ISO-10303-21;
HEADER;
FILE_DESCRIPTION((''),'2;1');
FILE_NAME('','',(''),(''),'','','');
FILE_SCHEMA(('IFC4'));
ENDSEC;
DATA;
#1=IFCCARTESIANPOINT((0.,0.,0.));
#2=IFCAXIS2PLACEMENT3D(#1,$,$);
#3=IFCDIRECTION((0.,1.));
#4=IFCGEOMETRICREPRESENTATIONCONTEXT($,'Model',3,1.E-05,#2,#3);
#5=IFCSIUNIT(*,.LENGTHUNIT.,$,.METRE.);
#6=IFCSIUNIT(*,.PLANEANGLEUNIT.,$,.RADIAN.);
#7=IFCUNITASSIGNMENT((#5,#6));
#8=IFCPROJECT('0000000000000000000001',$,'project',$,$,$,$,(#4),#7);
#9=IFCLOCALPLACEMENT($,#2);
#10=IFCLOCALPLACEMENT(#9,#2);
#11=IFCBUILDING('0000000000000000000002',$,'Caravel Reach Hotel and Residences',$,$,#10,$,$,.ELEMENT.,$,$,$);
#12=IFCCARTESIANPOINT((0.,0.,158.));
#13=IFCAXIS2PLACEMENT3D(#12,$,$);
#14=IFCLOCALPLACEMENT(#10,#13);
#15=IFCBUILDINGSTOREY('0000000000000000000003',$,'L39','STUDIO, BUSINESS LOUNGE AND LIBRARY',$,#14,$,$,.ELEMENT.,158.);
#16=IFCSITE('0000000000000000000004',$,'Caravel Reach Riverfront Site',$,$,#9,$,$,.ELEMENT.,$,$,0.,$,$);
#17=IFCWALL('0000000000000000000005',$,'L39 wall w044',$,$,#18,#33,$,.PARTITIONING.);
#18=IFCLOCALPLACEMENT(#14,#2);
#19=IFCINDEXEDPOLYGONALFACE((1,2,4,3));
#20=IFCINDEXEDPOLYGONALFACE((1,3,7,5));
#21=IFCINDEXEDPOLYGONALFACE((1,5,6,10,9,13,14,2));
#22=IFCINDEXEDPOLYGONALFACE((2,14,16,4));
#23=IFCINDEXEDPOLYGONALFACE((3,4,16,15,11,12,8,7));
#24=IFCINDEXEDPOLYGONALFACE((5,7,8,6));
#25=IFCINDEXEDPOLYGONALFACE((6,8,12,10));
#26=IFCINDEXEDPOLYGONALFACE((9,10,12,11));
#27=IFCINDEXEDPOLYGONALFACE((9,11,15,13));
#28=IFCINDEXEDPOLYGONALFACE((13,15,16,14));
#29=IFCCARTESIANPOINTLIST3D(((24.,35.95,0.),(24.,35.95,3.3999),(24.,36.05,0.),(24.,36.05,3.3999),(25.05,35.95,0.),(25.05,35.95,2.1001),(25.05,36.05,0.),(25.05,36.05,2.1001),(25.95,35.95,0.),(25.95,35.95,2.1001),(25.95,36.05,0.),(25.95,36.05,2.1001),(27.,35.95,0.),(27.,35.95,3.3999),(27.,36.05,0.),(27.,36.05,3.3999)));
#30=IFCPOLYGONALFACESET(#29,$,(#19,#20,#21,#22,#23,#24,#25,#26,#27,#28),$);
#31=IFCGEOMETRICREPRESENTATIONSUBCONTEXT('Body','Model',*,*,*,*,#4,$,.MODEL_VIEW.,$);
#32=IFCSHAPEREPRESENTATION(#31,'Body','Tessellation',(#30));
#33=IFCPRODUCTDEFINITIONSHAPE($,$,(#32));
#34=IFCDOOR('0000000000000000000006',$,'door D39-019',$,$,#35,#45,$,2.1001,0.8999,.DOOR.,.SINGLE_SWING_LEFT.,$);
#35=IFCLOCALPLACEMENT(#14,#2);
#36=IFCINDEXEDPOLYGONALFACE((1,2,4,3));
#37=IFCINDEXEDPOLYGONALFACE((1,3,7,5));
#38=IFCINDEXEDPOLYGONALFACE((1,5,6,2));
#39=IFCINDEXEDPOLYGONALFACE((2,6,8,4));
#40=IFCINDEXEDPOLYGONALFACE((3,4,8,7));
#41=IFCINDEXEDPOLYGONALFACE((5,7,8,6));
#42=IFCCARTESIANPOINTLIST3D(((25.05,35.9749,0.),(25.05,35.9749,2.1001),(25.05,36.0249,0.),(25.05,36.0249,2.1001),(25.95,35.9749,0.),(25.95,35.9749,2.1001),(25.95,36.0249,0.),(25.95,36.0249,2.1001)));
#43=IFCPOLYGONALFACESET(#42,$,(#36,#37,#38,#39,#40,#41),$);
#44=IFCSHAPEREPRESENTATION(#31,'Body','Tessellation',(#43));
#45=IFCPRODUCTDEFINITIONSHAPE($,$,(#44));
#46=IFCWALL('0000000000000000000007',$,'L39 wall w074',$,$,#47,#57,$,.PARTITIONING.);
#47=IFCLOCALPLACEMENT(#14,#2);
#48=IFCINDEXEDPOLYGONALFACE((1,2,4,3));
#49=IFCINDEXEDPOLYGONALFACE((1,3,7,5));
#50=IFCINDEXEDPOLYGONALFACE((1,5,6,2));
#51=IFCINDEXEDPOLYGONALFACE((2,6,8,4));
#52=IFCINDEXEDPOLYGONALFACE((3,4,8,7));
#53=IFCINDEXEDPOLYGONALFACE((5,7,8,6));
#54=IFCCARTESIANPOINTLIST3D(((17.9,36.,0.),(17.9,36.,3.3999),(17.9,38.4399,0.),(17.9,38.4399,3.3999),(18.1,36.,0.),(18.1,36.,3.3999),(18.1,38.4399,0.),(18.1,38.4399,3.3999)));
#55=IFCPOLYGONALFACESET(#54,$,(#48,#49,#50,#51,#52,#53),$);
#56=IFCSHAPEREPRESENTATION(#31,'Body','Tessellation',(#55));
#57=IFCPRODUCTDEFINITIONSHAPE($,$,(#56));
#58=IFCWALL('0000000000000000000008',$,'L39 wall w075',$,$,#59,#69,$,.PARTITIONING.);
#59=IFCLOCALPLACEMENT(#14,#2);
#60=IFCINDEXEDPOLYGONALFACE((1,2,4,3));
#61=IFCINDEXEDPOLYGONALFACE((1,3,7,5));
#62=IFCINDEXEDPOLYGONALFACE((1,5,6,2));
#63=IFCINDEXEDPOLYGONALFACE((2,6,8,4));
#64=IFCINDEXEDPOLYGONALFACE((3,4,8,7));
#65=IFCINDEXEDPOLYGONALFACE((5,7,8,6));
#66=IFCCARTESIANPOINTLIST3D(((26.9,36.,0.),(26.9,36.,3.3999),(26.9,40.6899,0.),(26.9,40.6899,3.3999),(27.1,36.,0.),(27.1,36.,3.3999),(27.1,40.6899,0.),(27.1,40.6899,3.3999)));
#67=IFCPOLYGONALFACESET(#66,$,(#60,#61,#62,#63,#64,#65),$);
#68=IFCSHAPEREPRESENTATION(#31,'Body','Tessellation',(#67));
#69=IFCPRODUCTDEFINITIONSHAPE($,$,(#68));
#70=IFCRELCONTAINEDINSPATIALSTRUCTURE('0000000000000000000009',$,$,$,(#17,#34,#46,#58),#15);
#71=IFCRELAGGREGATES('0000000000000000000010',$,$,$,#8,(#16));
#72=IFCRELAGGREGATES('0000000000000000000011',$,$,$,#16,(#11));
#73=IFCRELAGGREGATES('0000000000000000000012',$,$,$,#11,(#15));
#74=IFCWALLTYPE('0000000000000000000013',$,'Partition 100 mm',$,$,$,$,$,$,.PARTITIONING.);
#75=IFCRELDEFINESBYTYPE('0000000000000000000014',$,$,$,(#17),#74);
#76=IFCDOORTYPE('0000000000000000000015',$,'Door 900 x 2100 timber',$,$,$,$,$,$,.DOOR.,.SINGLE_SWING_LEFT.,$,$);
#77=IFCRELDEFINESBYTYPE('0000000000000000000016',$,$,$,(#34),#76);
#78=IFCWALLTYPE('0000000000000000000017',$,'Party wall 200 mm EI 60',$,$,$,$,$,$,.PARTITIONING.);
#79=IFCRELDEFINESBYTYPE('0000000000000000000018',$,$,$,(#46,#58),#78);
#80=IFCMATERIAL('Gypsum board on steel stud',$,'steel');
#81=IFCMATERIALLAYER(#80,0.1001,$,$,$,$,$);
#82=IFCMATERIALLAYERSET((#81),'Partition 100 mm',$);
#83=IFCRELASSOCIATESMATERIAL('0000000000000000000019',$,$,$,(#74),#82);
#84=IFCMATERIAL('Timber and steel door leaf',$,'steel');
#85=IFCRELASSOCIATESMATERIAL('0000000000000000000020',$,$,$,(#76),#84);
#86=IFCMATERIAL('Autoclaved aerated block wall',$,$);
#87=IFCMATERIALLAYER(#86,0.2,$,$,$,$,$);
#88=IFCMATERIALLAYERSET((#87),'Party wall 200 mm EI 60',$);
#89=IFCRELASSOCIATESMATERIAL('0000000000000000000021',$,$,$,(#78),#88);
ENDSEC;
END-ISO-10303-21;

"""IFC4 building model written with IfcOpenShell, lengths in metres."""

from ifc_helpers import new_model, si_unit, direction, frame, frame_2d, origin, place, context, subcontext, project, spatial, rectangle, extrude, material, layer, layer_set, type_object, element, fill, save


model = new_model("IFC4")

# Units and contexts
model_context = context("Model", 3, precision=1e-05, world=origin(), true_north=direction((0.0, 1.0)))
body_context = subcontext(model_context, "Body", "Model", "MODEL_VIEW")
ifc_project = project(units=[si_unit("LENGTHUNIT", "METRE"), si_unit("PLANEANGLEUNIT", "RADIAN")], contexts=[model_context])

# Site, building, storey
site_placement = place(None, origin())
site = spatial("IfcSite", under=ifc_project, at=site_placement, Name="Caravel Reach Riverfront Site", CompositionType="ELEMENT", RefElevation=0.0)
building_placement = place(site_placement, origin())
building = spatial("IfcBuilding", under=site, at=building_placement, Name="Caravel Reach Hotel and Residences", CompositionType="ELEMENT")
storey_placement = place(building_placement, frame((0.0, 0.0, 158.0)))
storey = spatial("IfcBuildingStorey", under=building, at=storey_placement, Name="L39", Description="STUDIO, BUSINESS LOUNGE AND LIBRARY", CompositionType="ELEMENT", Elevation=158.0)

# Wall, opening, door
ifc_material_1 = material(Name="Gypsum board on steel stud", Category="steel")
ifc_layer_1 = layer(ifc_material_1, 0.1001)
ifc_layer_set_1 = layer_set([ifc_layer_1], Name="Partition 100 mm")
wall_type_1 = type_object("IfcWallType", Name="Partition 100 mm", PredefinedType="PARTITIONING", material=ifc_layer_set_1)
wall_1_placement = place(storey_placement, frame((24.0, 36.0, 0.0), z_axis=(0.0, 0.0, 1.0), x_axis=(1.0, 0.0, 0.0)))
wall_1 = element("IfcWall", 1, at=wall_1_placement, inside=storey, type_object=wall_type_1, Name="L39 wall w044", PredefinedType="PARTITIONING", context=body_context, shape_type="SweptSolid", body=[
    extrude(rectangle(XDim=3.0, YDim=0.1001, at=frame_2d((1.5, 0.0))), origin(), (0.0, 0.0, 1.0), 3.3999),
])
opening_1_placement = place(wall_1_placement, frame((1.05, 0.0, 0.0)))
opening_1 = element("IfcOpeningElement", 2, at=opening_1_placement, cuts=wall_1, PredefinedType="OPENING", context=body_context, shape_type="SweptSolid", body=[
    extrude(rectangle(XDim=0.8999, YDim=2.1001, at=frame_2d((0.45, 1.05))), frame((0.0, 0.0601, 0.0), z_axis=(0.0, -1.0, 0.0), x_axis=(1.0, 0.0, 0.0)), (0.0, 0.0, 1.0), 0.1201),
])
ifc_material_2 = material(Name="Timber and steel door leaf", Category="steel")
door_type = type_object("IfcDoorType", Name="Door 900 x 2100 timber", OperationType="SINGLE_SWING_LEFT", PredefinedType="DOOR", material=ifc_material_2)
door_placement = place(opening_1_placement, origin())
door = element("IfcDoor", 3, at=door_placement, inside=storey, type_object=door_type, Name="door D39-019", OperationType="SINGLE_SWING_LEFT", OverallHeight=2.1001, OverallWidth=0.8999, PredefinedType="DOOR", context=body_context, shape_type="SweptSolid", body=[
    extrude(rectangle(XDim=0.8999, YDim=2.1001, at=frame_2d((0.45, 1.05))), frame((0.0, 0.0249, 0.0), z_axis=(0.0, -1.0, 0.0), x_axis=(1.0, 0.0, 0.0)), (0.0, 0.0, 1.0), 0.05),
])
fill(opening_1, door)

# Walls
ifc_material_3 = material(Name="Autoclaved aerated block wall")
ifc_layer_2 = layer(ifc_material_3, 0.2)
ifc_layer_set_2 = layer_set([ifc_layer_2], Name="Party wall 200 mm EI 60")
wall_type_2 = type_object("IfcWallType", Name="Party wall 200 mm EI 60", PredefinedType="PARTITIONING", material=ifc_layer_set_2)
wall_2_placement = place(storey_placement, frame((18.0, 36.0, 0.0), z_axis=(0.0, 0.0, 1.0), x_axis=(0.0, 1.0, 0.0)))
element("IfcWall", 4, at=wall_2_placement, inside=storey, type_object=wall_type_2, Name="L39 wall w074", PredefinedType="PARTITIONING", context=body_context, shape_type="SweptSolid", body=[
    extrude(rectangle(XDim=2.4399, YDim=0.2, at=frame_2d((1.22, 0.0))), origin(), (0.0, 0.0, 1.0), 3.3999),
])
wall_3_placement = place(storey_placement, frame((27.0, 36.0, 0.0), z_axis=(0.0, 0.0, 1.0), x_axis=(0.0, 1.0, 0.0)))
element("IfcWall", 5, at=wall_3_placement, inside=storey, type_object=wall_type_2, Name="L39 wall w075", PredefinedType="PARTITIONING", context=body_context, shape_type="SweptSolid", body=[
    extrude(rectangle(XDim=4.6899, YDim=0.2, at=frame_2d((2.345, 0.0))), origin(), (0.0, 0.0, 1.0), 3.3999),
])

save(model, "model.ifc")
